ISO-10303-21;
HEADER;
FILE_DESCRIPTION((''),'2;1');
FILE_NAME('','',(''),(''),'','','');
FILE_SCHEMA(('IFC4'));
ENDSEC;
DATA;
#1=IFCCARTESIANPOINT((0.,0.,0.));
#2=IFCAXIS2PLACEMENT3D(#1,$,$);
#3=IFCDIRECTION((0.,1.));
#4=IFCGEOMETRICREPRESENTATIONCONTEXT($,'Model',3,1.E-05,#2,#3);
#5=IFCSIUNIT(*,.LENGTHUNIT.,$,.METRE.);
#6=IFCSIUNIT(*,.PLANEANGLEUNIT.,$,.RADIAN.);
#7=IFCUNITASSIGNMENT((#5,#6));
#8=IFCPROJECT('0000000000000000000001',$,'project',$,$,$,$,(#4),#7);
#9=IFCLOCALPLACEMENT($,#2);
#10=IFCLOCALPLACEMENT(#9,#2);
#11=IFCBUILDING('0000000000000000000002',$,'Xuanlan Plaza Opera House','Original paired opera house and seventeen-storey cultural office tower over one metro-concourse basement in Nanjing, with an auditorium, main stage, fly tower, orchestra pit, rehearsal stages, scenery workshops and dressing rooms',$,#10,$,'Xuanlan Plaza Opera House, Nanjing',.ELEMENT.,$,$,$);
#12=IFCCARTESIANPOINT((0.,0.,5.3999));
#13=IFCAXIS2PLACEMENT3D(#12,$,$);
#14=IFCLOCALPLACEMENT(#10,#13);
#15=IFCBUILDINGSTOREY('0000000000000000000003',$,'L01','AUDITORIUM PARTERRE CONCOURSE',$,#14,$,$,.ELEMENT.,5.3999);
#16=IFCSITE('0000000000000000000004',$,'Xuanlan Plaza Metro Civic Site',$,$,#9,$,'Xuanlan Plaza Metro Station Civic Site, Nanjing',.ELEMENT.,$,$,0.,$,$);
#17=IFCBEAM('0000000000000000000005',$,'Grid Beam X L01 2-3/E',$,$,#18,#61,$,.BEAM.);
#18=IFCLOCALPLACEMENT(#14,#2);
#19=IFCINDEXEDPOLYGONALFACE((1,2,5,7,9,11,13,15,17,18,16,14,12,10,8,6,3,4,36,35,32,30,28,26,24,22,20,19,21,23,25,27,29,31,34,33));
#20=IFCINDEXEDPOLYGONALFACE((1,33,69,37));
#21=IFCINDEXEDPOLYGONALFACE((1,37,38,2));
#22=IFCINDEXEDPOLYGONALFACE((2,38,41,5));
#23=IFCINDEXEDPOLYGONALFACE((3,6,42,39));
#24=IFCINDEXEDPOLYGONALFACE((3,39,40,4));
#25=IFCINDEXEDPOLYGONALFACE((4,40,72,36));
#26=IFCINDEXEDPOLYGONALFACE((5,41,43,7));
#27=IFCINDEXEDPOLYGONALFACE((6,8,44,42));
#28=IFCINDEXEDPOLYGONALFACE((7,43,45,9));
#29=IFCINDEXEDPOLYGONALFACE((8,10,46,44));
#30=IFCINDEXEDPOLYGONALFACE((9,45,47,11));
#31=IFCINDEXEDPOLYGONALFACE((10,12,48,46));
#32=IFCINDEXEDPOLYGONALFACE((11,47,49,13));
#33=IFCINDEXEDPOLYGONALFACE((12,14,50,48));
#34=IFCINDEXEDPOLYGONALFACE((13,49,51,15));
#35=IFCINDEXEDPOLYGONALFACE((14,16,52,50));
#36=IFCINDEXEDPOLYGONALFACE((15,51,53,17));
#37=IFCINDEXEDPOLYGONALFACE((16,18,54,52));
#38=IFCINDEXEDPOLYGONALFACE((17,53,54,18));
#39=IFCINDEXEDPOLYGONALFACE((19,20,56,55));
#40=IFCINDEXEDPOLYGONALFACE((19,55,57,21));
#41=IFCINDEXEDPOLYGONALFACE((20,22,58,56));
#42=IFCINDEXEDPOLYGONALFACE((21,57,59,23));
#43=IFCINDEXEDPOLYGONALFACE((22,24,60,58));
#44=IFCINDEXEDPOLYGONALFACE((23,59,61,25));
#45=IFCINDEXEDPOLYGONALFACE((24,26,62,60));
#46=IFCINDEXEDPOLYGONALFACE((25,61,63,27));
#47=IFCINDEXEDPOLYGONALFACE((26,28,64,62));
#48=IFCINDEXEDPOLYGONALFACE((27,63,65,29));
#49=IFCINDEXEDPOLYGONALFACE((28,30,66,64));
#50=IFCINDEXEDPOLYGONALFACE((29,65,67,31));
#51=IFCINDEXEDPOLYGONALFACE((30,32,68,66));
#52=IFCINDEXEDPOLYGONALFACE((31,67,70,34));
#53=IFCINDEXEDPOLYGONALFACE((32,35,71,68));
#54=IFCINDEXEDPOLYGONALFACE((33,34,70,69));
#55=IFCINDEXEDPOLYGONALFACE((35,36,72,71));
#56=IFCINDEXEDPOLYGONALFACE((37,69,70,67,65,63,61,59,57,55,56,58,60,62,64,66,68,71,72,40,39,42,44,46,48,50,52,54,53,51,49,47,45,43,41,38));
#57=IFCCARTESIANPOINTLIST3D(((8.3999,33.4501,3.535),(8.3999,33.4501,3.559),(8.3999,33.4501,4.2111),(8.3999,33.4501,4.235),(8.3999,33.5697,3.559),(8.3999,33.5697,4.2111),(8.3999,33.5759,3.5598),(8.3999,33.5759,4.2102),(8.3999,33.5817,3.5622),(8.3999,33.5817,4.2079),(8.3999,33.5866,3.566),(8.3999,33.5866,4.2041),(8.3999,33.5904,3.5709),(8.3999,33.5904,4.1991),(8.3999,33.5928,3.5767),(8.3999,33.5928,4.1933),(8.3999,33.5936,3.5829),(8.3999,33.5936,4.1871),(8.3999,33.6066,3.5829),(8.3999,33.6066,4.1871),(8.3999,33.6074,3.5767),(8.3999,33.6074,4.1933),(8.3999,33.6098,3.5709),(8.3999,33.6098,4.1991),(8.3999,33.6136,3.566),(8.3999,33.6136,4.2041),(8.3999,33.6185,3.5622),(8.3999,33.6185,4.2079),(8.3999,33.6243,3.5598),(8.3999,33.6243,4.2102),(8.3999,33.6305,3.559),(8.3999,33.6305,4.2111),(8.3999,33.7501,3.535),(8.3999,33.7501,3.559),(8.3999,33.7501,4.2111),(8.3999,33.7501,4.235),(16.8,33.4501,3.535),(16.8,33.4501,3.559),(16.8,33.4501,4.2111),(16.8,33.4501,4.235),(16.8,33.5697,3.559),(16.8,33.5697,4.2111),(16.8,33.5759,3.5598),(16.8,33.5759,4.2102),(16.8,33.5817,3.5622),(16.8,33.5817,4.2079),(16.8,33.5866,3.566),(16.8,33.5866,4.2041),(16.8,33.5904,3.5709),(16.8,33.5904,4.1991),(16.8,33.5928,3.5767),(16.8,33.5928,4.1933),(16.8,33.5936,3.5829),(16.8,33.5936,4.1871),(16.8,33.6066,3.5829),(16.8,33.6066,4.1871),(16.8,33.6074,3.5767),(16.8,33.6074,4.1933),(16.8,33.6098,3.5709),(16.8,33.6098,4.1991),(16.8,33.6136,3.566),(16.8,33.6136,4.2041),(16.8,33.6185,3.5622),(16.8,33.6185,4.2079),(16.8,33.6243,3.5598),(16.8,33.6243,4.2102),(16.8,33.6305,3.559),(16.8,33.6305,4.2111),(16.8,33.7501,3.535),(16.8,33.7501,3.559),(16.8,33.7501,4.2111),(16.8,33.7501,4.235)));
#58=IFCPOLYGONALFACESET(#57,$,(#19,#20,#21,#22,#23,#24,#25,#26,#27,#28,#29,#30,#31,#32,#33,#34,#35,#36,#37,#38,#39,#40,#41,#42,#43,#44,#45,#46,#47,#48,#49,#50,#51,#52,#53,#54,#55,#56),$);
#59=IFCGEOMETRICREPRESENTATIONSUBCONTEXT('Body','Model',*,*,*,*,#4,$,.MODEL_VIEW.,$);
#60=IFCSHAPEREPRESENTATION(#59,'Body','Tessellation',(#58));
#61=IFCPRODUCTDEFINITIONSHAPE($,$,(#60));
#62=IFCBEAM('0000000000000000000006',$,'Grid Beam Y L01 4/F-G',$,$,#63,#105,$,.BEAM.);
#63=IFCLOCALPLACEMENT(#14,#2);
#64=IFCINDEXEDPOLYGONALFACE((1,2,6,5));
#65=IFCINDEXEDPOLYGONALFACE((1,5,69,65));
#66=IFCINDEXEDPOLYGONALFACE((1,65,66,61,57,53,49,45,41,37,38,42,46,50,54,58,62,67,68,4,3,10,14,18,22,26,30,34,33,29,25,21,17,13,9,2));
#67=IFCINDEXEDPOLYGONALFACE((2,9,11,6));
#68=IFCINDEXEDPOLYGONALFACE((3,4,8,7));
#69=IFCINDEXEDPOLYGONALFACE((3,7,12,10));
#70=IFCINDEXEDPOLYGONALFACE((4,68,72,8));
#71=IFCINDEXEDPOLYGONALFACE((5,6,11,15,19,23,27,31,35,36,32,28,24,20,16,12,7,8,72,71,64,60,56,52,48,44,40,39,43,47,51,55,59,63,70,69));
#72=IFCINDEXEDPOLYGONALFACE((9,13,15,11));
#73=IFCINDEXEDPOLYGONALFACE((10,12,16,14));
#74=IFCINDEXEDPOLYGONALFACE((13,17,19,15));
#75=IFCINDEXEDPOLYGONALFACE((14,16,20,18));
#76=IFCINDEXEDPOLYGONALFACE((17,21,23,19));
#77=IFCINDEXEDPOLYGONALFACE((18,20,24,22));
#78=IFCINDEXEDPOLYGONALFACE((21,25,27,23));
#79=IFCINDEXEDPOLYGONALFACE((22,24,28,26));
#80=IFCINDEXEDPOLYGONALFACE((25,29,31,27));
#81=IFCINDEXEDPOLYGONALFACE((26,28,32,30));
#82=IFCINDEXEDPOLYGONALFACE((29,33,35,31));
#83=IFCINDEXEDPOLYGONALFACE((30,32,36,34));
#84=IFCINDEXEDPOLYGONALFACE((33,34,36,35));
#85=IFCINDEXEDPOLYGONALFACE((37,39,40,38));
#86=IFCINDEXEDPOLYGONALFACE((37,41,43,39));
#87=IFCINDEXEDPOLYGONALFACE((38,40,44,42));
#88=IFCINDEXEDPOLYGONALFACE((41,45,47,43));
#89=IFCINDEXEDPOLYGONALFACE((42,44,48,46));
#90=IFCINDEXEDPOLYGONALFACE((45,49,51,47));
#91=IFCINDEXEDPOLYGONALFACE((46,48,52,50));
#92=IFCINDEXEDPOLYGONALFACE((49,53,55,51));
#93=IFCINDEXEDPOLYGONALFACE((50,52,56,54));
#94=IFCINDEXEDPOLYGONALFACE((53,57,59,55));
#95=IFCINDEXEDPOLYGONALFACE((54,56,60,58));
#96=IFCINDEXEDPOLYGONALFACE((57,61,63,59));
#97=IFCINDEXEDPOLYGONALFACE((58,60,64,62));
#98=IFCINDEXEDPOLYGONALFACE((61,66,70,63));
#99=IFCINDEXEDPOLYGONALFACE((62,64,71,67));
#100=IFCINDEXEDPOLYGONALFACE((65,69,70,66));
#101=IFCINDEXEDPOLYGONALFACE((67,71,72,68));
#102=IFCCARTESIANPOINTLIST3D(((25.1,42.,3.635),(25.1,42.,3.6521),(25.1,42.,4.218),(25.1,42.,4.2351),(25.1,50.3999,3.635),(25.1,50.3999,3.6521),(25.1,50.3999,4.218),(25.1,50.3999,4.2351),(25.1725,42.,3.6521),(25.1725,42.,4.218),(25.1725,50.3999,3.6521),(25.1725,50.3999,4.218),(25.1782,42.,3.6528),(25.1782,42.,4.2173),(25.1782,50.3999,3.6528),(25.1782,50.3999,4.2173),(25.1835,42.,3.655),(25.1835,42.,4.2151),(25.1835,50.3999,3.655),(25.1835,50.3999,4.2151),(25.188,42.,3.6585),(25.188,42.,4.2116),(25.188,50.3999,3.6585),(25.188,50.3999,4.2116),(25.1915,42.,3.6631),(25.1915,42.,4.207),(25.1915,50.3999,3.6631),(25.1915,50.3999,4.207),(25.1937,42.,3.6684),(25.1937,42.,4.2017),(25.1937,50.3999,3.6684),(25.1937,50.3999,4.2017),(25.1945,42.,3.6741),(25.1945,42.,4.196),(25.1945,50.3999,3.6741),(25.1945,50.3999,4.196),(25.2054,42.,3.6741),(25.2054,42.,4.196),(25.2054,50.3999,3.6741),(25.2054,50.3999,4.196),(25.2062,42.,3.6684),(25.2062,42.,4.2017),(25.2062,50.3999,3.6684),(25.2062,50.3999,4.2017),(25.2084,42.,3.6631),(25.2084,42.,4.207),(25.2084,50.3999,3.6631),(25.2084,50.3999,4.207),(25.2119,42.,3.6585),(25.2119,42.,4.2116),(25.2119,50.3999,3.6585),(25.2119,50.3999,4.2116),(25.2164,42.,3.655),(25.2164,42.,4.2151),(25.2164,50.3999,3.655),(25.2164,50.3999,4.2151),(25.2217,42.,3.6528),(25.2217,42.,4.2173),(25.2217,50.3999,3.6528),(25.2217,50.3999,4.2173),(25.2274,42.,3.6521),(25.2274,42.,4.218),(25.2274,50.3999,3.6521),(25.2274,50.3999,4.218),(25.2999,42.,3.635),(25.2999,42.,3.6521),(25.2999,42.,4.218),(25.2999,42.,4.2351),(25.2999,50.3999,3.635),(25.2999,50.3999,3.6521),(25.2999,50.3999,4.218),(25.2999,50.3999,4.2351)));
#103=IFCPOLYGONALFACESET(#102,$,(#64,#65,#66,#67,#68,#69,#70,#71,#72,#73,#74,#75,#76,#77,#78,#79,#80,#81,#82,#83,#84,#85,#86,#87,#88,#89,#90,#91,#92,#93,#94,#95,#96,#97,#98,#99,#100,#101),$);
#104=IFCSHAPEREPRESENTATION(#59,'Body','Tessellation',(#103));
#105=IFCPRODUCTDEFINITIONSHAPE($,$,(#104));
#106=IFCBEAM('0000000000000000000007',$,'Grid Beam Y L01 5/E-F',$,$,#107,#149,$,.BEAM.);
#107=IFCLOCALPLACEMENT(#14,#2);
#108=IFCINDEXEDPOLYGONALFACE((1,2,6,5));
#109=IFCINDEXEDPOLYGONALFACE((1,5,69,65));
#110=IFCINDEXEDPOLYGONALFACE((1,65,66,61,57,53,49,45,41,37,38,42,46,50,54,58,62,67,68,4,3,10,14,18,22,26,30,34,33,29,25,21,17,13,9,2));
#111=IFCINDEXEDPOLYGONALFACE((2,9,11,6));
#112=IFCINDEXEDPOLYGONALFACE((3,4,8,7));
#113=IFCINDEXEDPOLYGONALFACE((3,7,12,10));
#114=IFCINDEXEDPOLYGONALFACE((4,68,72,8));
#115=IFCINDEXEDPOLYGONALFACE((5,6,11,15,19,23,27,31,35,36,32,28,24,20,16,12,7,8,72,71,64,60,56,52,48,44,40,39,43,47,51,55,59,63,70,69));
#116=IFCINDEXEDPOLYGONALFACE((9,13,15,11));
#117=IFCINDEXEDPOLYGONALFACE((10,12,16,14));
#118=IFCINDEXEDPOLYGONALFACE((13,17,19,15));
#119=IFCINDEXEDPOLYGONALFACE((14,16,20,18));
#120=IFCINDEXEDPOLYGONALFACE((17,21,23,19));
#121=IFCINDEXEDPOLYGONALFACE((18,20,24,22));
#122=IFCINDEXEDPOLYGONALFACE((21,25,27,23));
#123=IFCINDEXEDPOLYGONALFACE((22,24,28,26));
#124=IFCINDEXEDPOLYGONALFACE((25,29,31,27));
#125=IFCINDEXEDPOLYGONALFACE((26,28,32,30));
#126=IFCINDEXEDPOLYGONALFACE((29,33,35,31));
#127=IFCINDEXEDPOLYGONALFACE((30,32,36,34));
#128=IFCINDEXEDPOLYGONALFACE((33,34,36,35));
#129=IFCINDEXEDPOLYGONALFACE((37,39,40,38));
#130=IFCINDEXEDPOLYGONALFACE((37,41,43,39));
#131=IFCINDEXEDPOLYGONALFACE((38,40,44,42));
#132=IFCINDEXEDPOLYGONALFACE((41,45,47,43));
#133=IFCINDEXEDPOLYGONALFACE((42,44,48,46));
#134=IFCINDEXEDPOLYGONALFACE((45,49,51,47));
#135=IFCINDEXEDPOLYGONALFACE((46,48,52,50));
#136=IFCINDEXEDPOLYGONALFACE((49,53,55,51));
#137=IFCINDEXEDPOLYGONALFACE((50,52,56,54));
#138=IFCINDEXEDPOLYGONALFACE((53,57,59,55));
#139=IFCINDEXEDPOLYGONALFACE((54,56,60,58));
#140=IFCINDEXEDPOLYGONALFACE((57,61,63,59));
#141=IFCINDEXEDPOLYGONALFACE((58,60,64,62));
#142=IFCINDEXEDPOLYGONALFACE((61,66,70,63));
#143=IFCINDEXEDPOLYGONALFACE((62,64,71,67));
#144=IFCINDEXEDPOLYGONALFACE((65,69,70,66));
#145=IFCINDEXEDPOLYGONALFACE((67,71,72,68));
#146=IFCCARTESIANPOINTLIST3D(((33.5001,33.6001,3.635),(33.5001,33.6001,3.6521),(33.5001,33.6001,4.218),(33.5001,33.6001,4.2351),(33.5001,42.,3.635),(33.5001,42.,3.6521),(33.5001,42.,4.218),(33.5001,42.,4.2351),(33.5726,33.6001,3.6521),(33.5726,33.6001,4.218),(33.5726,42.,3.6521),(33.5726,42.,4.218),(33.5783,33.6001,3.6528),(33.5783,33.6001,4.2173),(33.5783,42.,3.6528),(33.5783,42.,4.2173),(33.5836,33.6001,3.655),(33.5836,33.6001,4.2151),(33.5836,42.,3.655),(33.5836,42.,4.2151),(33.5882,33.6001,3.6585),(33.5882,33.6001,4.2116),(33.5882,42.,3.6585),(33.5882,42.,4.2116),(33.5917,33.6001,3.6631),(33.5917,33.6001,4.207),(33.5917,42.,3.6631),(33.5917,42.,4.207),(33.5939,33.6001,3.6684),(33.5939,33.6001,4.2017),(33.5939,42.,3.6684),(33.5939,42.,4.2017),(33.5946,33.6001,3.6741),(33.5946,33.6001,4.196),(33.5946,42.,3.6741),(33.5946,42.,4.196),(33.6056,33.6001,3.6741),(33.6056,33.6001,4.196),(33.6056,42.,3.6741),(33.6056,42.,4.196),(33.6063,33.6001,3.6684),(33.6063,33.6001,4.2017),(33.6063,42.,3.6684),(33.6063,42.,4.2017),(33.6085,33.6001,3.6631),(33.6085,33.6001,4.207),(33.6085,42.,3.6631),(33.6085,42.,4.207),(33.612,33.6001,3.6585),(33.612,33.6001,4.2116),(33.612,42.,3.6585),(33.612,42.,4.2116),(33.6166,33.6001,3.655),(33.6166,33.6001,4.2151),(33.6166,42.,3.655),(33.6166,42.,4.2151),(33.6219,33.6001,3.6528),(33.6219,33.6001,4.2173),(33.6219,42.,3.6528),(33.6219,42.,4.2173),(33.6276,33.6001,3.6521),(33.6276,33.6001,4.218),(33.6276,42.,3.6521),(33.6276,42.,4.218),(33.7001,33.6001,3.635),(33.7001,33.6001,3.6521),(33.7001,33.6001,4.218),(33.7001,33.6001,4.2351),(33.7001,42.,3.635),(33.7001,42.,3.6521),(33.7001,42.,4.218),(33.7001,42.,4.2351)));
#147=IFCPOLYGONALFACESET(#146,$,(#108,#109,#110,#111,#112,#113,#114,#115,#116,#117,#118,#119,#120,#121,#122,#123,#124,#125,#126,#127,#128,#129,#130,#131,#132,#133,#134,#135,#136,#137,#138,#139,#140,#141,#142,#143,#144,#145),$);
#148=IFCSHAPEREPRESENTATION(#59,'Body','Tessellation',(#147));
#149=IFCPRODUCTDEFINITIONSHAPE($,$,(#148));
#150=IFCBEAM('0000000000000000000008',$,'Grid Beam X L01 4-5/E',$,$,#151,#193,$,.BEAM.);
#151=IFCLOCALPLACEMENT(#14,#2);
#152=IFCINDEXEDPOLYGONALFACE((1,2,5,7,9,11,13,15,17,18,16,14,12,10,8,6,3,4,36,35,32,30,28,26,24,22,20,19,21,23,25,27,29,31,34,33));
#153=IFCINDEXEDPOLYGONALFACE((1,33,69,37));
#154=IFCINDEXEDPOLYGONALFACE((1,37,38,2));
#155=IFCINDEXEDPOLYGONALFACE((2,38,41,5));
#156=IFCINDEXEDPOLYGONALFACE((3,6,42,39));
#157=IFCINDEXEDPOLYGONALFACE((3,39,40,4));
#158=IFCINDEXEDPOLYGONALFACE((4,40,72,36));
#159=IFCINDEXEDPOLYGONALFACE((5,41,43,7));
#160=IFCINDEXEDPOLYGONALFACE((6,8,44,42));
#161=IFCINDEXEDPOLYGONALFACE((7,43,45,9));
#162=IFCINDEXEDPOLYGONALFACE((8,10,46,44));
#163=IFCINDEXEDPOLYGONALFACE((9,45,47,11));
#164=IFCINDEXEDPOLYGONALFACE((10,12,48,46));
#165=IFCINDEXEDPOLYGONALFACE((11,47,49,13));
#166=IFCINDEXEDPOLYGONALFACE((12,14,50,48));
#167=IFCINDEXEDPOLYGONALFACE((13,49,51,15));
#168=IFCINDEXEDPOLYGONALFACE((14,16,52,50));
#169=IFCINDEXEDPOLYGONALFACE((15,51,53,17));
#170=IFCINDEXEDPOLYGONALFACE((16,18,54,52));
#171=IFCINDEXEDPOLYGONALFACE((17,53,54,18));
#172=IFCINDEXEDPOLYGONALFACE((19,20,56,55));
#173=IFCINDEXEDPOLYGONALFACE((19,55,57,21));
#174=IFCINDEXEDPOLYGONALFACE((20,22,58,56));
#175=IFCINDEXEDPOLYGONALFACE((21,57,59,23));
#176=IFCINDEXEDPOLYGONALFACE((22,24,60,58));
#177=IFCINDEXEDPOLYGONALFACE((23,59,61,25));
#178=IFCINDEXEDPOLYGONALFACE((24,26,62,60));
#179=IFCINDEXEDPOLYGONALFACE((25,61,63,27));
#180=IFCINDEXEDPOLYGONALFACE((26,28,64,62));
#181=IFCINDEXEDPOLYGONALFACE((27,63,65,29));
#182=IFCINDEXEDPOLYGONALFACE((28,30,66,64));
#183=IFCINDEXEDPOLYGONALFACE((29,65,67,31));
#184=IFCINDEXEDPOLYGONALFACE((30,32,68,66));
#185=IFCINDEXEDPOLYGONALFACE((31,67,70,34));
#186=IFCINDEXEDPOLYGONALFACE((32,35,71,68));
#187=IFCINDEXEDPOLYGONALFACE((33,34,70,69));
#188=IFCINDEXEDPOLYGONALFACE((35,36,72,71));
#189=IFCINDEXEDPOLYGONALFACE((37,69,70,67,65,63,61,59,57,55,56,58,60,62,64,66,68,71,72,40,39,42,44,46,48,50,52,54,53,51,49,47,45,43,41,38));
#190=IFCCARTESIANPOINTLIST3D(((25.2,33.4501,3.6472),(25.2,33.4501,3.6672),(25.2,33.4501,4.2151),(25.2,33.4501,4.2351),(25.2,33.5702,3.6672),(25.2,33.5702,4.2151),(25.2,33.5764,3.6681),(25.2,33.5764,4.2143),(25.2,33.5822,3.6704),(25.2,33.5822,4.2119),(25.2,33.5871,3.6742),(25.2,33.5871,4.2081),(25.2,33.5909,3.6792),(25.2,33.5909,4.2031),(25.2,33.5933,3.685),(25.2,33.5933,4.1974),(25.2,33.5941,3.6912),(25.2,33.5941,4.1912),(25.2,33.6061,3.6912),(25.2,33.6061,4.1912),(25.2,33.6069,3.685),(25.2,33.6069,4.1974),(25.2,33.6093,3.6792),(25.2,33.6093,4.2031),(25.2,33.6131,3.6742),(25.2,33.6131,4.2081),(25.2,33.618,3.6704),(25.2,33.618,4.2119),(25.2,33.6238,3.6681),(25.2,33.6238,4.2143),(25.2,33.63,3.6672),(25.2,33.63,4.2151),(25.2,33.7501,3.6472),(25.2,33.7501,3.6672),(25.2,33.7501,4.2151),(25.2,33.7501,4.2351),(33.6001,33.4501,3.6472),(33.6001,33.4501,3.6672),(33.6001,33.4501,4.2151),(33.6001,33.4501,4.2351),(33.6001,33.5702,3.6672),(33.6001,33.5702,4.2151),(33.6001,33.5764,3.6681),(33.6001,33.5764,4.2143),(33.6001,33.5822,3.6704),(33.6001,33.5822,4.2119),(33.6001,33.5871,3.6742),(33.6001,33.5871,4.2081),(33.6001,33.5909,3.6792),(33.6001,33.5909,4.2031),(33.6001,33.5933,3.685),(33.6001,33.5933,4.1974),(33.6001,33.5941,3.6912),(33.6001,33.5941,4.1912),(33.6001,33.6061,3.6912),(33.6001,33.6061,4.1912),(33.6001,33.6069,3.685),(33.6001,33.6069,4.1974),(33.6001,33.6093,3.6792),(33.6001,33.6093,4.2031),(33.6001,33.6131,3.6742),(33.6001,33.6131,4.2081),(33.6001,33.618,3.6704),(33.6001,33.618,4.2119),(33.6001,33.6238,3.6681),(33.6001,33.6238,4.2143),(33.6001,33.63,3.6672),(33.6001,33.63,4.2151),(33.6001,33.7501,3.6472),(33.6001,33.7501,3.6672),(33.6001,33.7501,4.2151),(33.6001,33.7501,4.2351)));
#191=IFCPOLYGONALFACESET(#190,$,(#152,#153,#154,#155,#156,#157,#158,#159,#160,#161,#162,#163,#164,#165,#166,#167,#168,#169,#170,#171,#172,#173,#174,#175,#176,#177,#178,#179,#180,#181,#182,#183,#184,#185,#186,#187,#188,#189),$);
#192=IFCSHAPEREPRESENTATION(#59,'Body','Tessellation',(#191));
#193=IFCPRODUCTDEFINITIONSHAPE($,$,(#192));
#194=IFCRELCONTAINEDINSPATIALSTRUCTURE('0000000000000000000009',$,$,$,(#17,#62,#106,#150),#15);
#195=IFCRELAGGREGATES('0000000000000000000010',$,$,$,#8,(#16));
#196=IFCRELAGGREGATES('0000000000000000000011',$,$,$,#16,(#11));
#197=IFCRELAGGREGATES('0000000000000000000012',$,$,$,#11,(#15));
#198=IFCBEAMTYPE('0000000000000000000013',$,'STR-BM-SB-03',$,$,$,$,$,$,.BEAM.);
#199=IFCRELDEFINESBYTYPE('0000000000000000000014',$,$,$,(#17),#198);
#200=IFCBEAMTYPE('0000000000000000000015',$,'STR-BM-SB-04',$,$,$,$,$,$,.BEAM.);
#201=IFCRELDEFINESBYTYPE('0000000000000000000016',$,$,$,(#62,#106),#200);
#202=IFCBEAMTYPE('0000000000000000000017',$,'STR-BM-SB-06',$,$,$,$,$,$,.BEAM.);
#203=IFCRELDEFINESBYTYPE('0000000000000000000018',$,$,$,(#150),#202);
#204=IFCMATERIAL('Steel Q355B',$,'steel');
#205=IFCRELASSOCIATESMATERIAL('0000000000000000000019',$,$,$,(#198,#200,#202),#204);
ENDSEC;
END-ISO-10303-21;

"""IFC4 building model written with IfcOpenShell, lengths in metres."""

from ifc_helpers import new_model, si_unit, direction, frame, origin, origin_2d, place, context, subcontext, project, spatial, i_section, extrude, material, material_profile, profile_set, type_object, element, save


model = new_model("IFC4")

# Units and contexts
model_context = context("Model", 3, precision=1e-05, world=origin(), true_north=direction((0.0, 1.0)))
body_context = subcontext(model_context, "Body", "Model", "MODEL_VIEW")
ifc_project = project(units=[si_unit("LENGTHUNIT", "METRE"), si_unit("PLANEANGLEUNIT", "RADIAN")], contexts=[model_context])

# Site, building, storey
site_placement = place(None, origin())
site = spatial("IfcSite", under=ifc_project, at=site_placement, Name="Xuanlan Plaza Metro Civic Site", LongName="Xuanlan Plaza Metro Station Civic Site, Nanjing", CompositionType="ELEMENT", RefElevation=0.0)
building_placement = place(site_placement, origin())
building = spatial("IfcBuilding", under=site, at=building_placement, Name="Xuanlan Plaza Opera House", Description="Original paired opera house and seventeen-storey cultural office tower over one metro-concourse basement in Nanjing, with an auditorium, main stage, fly tower, orchestra pit, rehearsal stages, scenery workshops and dressing rooms", LongName="Xuanlan Plaza Opera House, Nanjing", CompositionType="ELEMENT")
storey_placement = place(building_placement, frame((0.0, 0.0, 5.3999)))
storey = spatial("IfcBuildingStorey", under=building, at=storey_placement, Name="L01", Description="AUDITORIUM PARTERRE CONCOURSE", CompositionType="ELEMENT", Elevation=5.3999)

# Beams
ifc_material_1 = material(Name="Steel Q355B", Category="steel")
ifc_material_profile_1 = material_profile(ifc_material_1, i_section(OverallWidth=0.3, OverallDepth=0.7, WebThickness=0.0129, FlangeThickness=0.0239, FilletRadius=0.0239, at=origin_2d()), Name="HN 700x300x13x24")
ifc_profile_set_1 = profile_set([ifc_material_profile_1], Name="Steel Q355B")
beam_type_1 = type_object("IfcBeamType", Name="STR-BM-SB-03", PredefinedType="BEAM", material=ifc_profile_set_1)
beam_1_placement = place(storey_placement, frame((8.3999, 33.6001, 3.885), z_axis=(1.0, 0.0, 0.0), x_axis=(0.0, 1.0, 0.0)))
element("IfcBeam", 1, at=beam_1_placement, inside=storey, type_object=beam_type_1, Name="Grid Beam X L01 2-3/E", PredefinedType="BEAM", context=body_context, shape_type="SweptSolid", body=[
    extrude(i_section(OverallWidth=0.3, OverallDepth=0.7, WebThickness=0.0129, FlangeThickness=0.0239, FilletRadius=0.0239, at=origin_2d()), origin(), (0.0, 0.0, 1.0), 8.4001),
])
ifc_material_profile_2 = material_profile(ifc_material_1, i_section(OverallWidth=0.2, OverallDepth=0.6001, WebThickness=0.011, FlangeThickness=0.0171, FilletRadius=0.022, at=origin_2d()), Name="HN 600x200x11x17")
ifc_profile_set_2 = profile_set([ifc_material_profile_2], Name="Steel Q355B")
beam_type_2 = type_object("IfcBeamType", Name="STR-BM-SB-04", PredefinedType="BEAM", material=ifc_profile_set_2)
for number, where, z_axis, x_axis, name in (
    (2, (25.2, 42.0, 3.9351), (0.0, 1.0, 0.0), (-1.0, 0.0, 0.0), "Grid Beam Y L01 4/F-G"),
    (3, (33.6001, 33.6001, 3.9351), (0.0, 1.0, 0.0), (-1.0, 0.0, 0.0), "Grid Beam Y L01 5/E-F"),
):
    element("IfcBeam", number, at=place(storey_placement, frame(where, z_axis=z_axis, x_axis=x_axis)), inside=storey, type_object=beam_type_2, Name=name, PredefinedType="BEAM", context=body_context, shape_type="SweptSolid", body=[
        extrude(i_section(OverallWidth=0.2, OverallDepth=0.6001, WebThickness=0.011, FlangeThickness=0.0171, FilletRadius=0.022, at=origin_2d()), origin(), (0.0, 0.0, 1.0), 8.3999),
    ])
ifc_material_profile_3 = material_profile(ifc_material_1, i_section(OverallWidth=0.3, OverallDepth=0.5879, WebThickness=0.012, FlangeThickness=0.02, FilletRadius=0.0239, at=origin_2d()), Name="HM 588x300x12x20")
ifc_profile_set_3 = profile_set([ifc_material_profile_3], Name="Steel Q355B")
beam_type_3 = type_object("IfcBeamType", Name="STR-BM-SB-06", PredefinedType="BEAM", material=ifc_profile_set_3)
beam_2_placement = place(storey_placement, frame((25.2, 33.6001, 3.9412), z_axis=(1.0, 0.0, 0.0), x_axis=(0.0, 1.0, 0.0)))
element("IfcBeam", 4, at=beam_2_placement, inside=storey, type_object=beam_type_3, Name="Grid Beam X L01 4-5/E", PredefinedType="BEAM", context=body_context, shape_type="SweptSolid", body=[
    extrude(i_section(OverallWidth=0.3, OverallDepth=0.5879, WebThickness=0.012, FlangeThickness=0.02, FilletRadius=0.0239, at=origin_2d()), origin(), (0.0, 0.0, 1.0), 8.4001),
])

save(model, "model.ifc")
